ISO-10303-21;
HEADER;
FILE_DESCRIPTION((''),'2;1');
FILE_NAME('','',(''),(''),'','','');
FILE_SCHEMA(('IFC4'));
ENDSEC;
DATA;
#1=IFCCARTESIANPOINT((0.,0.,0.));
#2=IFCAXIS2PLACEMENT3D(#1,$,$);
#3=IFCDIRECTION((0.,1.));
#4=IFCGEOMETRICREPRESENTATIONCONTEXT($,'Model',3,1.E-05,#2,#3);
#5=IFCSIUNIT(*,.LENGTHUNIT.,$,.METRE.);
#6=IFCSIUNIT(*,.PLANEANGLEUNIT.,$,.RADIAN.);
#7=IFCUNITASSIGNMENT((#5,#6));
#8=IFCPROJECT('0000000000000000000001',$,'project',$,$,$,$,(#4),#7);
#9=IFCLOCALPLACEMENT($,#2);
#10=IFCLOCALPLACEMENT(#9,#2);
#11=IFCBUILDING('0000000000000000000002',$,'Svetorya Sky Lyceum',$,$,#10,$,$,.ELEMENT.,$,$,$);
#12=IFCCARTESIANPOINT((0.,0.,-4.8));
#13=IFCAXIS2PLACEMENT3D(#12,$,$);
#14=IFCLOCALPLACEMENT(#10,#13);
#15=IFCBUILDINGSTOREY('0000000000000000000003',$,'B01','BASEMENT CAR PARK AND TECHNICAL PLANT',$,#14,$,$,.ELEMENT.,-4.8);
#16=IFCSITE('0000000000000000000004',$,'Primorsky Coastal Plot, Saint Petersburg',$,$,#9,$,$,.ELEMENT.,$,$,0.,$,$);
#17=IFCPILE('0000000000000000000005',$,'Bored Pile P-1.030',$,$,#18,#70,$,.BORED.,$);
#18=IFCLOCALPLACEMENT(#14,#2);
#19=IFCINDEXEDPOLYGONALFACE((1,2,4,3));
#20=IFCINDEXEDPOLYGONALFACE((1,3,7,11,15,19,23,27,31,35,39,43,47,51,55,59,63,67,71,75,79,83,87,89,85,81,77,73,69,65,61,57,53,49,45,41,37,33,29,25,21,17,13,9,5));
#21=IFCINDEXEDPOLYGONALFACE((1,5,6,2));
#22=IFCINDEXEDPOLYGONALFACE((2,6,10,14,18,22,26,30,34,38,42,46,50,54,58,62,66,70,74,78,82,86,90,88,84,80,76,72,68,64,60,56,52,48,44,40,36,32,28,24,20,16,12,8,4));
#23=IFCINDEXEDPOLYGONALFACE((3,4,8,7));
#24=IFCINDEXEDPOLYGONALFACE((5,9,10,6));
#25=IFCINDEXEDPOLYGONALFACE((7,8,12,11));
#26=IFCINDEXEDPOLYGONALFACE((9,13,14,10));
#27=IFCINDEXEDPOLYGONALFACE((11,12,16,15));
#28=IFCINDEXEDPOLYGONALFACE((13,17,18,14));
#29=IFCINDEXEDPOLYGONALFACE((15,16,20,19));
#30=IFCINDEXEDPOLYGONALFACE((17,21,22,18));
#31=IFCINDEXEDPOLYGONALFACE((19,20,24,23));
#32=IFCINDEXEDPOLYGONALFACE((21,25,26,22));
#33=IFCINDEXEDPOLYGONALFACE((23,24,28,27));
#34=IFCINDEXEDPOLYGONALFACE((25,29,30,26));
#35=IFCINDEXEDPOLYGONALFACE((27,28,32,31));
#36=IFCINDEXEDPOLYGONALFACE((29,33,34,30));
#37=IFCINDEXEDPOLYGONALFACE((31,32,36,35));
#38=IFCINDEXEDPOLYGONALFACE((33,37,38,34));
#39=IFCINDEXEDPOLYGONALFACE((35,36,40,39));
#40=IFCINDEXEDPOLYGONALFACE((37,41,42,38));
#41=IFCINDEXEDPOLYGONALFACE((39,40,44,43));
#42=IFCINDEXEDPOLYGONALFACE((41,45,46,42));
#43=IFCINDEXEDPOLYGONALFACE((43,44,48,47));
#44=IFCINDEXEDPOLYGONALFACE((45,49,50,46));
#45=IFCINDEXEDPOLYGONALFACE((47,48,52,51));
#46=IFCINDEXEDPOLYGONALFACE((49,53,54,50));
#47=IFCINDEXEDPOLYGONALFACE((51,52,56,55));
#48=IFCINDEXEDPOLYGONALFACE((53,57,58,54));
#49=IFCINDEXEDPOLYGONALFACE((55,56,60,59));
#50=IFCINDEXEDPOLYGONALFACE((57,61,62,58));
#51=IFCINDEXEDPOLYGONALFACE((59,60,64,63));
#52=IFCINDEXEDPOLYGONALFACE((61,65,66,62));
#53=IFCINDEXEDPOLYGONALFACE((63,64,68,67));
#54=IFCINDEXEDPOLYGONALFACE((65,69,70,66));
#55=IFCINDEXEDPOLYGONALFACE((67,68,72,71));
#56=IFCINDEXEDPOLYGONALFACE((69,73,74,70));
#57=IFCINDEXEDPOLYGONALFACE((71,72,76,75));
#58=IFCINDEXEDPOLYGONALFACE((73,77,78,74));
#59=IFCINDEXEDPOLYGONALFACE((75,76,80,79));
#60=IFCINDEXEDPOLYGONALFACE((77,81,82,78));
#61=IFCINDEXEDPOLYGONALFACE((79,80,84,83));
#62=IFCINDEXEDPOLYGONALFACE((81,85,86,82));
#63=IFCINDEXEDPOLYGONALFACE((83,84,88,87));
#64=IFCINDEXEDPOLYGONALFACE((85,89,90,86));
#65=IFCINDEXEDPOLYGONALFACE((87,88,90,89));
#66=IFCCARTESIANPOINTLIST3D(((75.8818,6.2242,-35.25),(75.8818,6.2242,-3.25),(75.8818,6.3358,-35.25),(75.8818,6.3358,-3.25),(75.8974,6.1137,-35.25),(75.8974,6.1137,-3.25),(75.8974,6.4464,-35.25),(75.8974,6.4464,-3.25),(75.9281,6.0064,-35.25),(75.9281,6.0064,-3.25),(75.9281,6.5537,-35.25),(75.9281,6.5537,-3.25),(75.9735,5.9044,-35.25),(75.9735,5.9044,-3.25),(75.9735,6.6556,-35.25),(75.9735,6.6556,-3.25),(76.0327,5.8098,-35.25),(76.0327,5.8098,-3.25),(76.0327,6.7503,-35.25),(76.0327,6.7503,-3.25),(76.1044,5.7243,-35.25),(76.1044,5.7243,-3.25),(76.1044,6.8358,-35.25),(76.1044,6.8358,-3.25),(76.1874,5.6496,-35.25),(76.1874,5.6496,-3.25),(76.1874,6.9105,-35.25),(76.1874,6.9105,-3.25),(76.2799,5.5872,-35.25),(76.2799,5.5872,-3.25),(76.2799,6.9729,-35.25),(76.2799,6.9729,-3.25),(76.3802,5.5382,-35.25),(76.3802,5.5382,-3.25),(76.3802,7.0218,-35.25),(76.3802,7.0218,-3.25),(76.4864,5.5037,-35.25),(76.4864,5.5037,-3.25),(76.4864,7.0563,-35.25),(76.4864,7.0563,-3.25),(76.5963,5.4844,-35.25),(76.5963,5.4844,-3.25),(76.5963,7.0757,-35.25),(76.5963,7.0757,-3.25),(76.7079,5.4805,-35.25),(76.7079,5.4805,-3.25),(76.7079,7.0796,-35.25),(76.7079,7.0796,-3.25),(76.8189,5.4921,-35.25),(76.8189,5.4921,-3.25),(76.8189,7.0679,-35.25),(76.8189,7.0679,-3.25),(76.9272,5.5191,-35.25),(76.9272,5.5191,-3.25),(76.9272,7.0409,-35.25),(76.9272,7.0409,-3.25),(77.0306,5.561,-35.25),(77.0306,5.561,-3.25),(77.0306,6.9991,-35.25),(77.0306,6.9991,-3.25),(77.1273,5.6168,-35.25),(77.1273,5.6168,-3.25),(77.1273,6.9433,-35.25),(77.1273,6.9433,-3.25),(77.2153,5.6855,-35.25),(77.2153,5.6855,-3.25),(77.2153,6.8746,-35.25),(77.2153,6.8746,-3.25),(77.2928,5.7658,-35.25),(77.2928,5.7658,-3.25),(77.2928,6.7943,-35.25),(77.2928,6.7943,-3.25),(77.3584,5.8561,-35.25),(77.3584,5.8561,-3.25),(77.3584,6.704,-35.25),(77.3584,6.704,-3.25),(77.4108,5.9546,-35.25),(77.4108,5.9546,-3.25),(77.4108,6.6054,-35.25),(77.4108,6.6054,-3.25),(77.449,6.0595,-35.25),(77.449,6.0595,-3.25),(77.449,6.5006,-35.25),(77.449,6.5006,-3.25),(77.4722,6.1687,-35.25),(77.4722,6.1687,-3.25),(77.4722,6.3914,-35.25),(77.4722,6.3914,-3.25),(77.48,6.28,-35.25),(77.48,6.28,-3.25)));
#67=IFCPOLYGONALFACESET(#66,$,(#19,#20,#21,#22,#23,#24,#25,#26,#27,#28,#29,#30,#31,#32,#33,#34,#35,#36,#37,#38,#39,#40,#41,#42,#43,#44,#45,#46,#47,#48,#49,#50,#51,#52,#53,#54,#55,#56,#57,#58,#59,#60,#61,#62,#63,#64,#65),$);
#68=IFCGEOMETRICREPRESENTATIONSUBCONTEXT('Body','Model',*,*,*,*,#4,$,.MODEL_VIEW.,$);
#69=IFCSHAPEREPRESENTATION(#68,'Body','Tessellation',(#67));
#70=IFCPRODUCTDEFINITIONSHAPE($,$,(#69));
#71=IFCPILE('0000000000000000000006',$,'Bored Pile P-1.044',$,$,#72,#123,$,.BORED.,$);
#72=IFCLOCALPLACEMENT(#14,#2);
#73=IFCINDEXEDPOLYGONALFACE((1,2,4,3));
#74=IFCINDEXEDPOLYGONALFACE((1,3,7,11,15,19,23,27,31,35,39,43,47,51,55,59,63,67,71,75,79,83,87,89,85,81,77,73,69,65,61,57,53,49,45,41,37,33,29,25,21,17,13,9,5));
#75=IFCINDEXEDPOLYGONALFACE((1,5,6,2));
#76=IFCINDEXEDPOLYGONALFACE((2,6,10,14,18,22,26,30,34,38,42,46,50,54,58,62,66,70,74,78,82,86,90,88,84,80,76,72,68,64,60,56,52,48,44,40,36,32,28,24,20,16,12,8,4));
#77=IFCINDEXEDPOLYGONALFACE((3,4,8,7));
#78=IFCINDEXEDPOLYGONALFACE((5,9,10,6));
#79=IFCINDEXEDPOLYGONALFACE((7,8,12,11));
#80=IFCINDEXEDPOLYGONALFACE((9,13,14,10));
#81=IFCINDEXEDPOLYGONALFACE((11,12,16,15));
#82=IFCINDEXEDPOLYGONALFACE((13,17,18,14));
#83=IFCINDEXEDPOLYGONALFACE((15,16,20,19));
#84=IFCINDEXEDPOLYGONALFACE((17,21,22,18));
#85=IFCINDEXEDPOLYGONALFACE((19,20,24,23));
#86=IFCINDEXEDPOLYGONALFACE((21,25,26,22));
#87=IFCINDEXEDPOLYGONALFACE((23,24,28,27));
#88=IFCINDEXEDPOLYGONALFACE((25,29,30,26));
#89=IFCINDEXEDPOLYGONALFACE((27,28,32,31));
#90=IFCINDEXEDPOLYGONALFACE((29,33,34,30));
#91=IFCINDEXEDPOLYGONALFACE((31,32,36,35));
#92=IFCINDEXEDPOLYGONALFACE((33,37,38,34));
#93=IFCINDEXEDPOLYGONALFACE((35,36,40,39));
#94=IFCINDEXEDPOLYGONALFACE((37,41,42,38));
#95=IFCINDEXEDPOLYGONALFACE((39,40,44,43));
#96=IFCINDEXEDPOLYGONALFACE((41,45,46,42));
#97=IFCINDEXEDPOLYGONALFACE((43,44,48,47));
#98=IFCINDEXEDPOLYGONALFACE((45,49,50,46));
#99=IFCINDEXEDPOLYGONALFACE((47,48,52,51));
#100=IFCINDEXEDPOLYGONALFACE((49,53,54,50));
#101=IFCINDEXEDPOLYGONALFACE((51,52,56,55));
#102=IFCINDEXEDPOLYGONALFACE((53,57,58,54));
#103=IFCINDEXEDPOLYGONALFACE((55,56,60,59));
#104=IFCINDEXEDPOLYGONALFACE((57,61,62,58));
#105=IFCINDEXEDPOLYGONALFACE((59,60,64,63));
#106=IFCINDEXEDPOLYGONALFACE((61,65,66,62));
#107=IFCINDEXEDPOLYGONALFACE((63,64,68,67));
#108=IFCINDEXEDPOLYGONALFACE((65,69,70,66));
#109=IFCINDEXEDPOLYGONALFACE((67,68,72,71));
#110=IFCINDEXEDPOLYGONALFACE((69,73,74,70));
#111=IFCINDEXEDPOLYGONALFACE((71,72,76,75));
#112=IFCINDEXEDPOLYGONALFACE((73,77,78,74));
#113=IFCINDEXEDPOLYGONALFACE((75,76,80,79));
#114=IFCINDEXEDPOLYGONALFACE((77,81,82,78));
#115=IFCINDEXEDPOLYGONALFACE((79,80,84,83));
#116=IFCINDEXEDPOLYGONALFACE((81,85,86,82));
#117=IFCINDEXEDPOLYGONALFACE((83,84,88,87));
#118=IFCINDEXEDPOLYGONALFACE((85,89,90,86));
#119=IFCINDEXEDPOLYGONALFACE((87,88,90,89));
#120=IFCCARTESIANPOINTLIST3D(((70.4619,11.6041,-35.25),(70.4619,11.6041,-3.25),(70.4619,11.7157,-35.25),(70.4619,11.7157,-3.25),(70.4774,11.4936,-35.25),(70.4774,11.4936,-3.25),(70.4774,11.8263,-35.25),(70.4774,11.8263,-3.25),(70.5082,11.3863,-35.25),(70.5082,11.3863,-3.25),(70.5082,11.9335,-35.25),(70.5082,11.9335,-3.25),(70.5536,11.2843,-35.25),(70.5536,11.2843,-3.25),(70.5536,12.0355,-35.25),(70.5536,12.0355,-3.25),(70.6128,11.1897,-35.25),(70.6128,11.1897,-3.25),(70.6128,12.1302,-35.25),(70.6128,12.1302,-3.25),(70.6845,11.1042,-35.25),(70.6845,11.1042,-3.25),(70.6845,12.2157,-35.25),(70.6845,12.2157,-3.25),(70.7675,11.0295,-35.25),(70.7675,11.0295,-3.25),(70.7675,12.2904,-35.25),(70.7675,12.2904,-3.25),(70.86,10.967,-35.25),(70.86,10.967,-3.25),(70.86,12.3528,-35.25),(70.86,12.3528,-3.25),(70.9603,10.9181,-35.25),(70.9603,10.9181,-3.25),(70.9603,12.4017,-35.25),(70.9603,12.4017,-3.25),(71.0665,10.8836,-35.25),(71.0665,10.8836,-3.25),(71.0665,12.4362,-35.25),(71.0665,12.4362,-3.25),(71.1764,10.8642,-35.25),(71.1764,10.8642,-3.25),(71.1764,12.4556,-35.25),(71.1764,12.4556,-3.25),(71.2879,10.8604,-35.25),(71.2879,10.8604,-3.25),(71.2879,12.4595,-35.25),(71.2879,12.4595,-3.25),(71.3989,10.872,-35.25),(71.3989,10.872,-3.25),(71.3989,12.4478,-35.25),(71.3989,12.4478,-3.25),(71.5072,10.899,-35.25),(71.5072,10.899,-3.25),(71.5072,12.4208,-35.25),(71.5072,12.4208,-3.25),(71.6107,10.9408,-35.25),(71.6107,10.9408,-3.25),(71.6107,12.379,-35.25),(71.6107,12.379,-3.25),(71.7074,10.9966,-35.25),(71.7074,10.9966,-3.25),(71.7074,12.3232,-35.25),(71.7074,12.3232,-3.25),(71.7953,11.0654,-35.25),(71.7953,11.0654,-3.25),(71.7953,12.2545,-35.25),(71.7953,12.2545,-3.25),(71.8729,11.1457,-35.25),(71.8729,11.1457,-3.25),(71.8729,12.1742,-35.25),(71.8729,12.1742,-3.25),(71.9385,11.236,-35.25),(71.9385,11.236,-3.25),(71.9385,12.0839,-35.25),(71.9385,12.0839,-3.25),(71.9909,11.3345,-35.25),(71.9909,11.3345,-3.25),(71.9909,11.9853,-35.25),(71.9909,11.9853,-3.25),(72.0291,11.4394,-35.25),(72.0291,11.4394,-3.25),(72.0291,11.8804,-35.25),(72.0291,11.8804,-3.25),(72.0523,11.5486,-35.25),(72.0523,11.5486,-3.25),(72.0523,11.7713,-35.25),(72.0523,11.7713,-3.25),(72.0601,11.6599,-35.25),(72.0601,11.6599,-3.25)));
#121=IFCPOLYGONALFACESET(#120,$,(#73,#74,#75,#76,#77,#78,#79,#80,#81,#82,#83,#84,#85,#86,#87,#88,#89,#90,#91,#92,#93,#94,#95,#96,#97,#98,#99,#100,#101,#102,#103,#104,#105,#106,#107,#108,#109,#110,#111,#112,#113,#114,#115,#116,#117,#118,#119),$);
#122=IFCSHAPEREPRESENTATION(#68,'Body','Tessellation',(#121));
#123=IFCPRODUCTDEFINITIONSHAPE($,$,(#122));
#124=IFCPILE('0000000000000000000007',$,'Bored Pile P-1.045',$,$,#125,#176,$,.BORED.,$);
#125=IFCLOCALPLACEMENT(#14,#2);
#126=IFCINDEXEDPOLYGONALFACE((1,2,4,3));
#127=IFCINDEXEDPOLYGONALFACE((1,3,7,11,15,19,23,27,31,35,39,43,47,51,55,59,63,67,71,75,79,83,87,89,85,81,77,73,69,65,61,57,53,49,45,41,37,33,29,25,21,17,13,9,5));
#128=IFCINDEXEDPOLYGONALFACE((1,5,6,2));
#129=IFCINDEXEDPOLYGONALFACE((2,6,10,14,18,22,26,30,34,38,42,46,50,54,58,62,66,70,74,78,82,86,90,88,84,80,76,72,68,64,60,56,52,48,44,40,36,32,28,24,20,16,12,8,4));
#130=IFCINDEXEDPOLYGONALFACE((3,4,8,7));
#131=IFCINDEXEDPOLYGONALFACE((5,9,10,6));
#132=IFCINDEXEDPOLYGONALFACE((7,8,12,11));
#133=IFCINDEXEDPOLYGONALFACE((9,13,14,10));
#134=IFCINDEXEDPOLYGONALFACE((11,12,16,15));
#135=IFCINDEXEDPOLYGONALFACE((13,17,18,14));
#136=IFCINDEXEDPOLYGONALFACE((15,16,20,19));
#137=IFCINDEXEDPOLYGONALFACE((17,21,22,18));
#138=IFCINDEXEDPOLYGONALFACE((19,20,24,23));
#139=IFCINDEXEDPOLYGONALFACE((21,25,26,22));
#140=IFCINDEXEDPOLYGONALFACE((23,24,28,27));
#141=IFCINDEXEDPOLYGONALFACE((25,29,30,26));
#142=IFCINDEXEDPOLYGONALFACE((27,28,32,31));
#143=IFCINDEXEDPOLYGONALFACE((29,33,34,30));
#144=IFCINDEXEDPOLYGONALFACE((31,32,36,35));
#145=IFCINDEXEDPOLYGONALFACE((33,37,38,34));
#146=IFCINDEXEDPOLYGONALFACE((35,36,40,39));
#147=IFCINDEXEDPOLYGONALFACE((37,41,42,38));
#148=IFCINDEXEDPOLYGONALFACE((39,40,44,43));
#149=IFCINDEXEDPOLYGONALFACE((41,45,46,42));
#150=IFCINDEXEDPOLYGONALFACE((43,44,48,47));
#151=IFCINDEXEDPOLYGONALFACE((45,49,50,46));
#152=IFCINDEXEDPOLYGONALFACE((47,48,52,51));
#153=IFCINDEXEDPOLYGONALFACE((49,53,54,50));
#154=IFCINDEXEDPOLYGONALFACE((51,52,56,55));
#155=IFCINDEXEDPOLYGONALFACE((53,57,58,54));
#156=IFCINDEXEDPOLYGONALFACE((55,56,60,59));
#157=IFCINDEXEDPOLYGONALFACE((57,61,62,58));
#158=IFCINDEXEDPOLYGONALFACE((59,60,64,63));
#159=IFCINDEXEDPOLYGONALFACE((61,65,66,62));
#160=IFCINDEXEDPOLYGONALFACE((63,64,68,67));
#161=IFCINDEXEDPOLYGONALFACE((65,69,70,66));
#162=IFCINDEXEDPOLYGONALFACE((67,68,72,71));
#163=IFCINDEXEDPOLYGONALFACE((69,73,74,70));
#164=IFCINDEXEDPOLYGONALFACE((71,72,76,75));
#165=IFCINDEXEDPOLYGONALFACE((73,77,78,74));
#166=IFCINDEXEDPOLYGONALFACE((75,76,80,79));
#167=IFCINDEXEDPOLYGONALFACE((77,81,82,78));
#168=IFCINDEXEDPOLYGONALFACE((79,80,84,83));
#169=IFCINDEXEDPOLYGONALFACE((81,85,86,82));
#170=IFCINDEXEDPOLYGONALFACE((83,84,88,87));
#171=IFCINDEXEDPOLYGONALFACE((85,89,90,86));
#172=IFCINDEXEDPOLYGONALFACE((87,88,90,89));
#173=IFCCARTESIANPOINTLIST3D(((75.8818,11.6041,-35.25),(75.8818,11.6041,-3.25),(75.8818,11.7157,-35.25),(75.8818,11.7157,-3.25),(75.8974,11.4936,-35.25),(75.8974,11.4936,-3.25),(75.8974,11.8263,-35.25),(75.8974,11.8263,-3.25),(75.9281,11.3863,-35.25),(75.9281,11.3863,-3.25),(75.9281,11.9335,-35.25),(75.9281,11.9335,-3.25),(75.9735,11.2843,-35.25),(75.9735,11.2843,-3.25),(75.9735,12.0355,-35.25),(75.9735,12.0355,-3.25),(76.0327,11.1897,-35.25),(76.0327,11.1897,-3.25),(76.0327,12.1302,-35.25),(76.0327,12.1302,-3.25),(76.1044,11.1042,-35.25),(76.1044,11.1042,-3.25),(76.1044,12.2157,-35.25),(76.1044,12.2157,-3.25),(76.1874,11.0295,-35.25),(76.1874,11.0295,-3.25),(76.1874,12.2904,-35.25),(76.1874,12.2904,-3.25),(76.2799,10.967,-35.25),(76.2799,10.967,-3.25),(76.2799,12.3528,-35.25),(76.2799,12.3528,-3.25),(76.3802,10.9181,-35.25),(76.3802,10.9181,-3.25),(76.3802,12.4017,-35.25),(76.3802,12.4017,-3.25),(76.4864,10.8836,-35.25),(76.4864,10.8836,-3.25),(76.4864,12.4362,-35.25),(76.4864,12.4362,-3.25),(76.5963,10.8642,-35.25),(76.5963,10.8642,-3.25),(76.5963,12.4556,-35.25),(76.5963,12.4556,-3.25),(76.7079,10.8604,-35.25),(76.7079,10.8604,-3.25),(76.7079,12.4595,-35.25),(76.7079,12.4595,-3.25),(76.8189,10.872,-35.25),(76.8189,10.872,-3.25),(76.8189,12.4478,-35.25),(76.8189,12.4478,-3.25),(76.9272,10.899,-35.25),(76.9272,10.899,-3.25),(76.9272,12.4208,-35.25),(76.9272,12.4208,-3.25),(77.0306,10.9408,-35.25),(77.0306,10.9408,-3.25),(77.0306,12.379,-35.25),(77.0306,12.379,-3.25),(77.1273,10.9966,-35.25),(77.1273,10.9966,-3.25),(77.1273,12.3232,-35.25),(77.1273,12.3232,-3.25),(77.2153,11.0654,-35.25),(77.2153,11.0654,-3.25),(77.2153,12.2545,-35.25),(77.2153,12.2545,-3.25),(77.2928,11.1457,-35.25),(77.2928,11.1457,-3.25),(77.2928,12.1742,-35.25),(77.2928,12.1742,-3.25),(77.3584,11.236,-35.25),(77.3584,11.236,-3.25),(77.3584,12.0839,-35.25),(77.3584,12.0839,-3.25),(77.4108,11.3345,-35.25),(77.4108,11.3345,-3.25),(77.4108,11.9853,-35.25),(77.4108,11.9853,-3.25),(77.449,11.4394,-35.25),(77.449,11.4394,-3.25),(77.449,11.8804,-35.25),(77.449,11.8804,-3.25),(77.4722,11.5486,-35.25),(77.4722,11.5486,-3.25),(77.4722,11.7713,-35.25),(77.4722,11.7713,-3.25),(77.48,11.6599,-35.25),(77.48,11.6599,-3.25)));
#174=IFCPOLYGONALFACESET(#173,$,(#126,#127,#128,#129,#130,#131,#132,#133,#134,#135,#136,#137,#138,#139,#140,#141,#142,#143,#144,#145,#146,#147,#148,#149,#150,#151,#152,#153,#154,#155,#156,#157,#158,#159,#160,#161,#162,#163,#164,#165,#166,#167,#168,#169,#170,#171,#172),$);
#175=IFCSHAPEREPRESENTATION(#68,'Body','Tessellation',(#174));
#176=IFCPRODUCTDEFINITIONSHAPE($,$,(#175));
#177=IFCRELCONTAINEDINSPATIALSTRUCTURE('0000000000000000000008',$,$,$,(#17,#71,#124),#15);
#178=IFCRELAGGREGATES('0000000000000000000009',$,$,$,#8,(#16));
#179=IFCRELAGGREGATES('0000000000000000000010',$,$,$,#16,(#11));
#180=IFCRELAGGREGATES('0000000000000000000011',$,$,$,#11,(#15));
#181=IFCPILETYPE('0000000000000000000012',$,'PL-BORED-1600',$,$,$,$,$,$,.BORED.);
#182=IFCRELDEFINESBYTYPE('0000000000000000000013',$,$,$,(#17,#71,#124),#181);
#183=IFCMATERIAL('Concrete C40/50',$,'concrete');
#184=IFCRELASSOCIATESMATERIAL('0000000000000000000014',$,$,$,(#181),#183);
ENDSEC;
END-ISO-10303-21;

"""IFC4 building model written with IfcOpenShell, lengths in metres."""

from ifc_helpers import new_model, si_unit, direction, frame, origin, origin_2d, place, context, subcontext, project, spatial, circle, extrude, material, material_profile, profile_set, type_object, element, save


model = new_model("IFC4")

# Units and contexts
model_context = context("Model", 3, precision=1e-05, world=origin(), true_north=direction((0.0, 1.0)))
body_context = subcontext(model_context, "Body", "Model", "MODEL_VIEW")
ifc_project = project(units=[si_unit("LENGTHUNIT", "METRE"), si_unit("PLANEANGLEUNIT", "RADIAN")], contexts=[model_context])

# Site, building, storey
site_placement = place(None, origin())
site = spatial("IfcSite", under=ifc_project, at=site_placement, Name="Primorsky Coastal Plot, Saint Petersburg", CompositionType="ELEMENT", RefElevation=0.0)
building_placement = place(site_placement, origin())
building = spatial("IfcBuilding", under=site, at=building_placement, Name="Svetorya Sky Lyceum", CompositionType="ELEMENT")
storey_placement = place(building_placement, frame((0.0, 0.0, -4.8)))
storey = spatial("IfcBuildingStorey", under=building, at=storey_placement, Name="B01", Description="BASEMENT CAR PARK AND TECHNICAL PLANT", CompositionType="ELEMENT", Elevation=-4.8)

# Piles
ifc_material_1 = material(Name="Concrete C40/50", Category="concrete")
ifc_material_profile_1 = material_profile(ifc_material_1, circle(Radius=0.8, at=origin_2d()), Name="RC PILE D1600")
ifc_profile_set_1 = profile_set([ifc_material_profile_1], Name="Concrete C40/50")
pile_type = type_object("IfcPileType", Name="PL-BORED-1600", PredefinedType="BORED", material=ifc_profile_set_1)
for number, where, z_axis, x_axis, name in (
    (1, (76.6799, 6.28, -3.25), (0.0, 0.0, -1.0), (1.0, 0.0, 0.0), "Bored Pile P-1.030"),
    (2, (71.26, 11.6599, -3.25), (0.0, 0.0, -1.0), (1.0, 0.0, 0.0), "Bored Pile P-1.044"),
    (3, (76.6799, 11.6599, -3.25), (0.0, 0.0, -1.0), (1.0, 0.0, 0.0), "Bored Pile P-1.045"),
):
    element("IfcPile", number, at=place(storey_placement, frame(where, z_axis=z_axis, x_axis=x_axis)), inside=storey, type_object=pile_type, Name=name, PredefinedType="BORED", context=body_context, shape_type="SweptSolid", body=[
        extrude(circle(Radius=0.8, at=origin_2d()), origin(), (0.0, 0.0, 1.0), 32.0),
    ])

save(model, "model.ifc")
